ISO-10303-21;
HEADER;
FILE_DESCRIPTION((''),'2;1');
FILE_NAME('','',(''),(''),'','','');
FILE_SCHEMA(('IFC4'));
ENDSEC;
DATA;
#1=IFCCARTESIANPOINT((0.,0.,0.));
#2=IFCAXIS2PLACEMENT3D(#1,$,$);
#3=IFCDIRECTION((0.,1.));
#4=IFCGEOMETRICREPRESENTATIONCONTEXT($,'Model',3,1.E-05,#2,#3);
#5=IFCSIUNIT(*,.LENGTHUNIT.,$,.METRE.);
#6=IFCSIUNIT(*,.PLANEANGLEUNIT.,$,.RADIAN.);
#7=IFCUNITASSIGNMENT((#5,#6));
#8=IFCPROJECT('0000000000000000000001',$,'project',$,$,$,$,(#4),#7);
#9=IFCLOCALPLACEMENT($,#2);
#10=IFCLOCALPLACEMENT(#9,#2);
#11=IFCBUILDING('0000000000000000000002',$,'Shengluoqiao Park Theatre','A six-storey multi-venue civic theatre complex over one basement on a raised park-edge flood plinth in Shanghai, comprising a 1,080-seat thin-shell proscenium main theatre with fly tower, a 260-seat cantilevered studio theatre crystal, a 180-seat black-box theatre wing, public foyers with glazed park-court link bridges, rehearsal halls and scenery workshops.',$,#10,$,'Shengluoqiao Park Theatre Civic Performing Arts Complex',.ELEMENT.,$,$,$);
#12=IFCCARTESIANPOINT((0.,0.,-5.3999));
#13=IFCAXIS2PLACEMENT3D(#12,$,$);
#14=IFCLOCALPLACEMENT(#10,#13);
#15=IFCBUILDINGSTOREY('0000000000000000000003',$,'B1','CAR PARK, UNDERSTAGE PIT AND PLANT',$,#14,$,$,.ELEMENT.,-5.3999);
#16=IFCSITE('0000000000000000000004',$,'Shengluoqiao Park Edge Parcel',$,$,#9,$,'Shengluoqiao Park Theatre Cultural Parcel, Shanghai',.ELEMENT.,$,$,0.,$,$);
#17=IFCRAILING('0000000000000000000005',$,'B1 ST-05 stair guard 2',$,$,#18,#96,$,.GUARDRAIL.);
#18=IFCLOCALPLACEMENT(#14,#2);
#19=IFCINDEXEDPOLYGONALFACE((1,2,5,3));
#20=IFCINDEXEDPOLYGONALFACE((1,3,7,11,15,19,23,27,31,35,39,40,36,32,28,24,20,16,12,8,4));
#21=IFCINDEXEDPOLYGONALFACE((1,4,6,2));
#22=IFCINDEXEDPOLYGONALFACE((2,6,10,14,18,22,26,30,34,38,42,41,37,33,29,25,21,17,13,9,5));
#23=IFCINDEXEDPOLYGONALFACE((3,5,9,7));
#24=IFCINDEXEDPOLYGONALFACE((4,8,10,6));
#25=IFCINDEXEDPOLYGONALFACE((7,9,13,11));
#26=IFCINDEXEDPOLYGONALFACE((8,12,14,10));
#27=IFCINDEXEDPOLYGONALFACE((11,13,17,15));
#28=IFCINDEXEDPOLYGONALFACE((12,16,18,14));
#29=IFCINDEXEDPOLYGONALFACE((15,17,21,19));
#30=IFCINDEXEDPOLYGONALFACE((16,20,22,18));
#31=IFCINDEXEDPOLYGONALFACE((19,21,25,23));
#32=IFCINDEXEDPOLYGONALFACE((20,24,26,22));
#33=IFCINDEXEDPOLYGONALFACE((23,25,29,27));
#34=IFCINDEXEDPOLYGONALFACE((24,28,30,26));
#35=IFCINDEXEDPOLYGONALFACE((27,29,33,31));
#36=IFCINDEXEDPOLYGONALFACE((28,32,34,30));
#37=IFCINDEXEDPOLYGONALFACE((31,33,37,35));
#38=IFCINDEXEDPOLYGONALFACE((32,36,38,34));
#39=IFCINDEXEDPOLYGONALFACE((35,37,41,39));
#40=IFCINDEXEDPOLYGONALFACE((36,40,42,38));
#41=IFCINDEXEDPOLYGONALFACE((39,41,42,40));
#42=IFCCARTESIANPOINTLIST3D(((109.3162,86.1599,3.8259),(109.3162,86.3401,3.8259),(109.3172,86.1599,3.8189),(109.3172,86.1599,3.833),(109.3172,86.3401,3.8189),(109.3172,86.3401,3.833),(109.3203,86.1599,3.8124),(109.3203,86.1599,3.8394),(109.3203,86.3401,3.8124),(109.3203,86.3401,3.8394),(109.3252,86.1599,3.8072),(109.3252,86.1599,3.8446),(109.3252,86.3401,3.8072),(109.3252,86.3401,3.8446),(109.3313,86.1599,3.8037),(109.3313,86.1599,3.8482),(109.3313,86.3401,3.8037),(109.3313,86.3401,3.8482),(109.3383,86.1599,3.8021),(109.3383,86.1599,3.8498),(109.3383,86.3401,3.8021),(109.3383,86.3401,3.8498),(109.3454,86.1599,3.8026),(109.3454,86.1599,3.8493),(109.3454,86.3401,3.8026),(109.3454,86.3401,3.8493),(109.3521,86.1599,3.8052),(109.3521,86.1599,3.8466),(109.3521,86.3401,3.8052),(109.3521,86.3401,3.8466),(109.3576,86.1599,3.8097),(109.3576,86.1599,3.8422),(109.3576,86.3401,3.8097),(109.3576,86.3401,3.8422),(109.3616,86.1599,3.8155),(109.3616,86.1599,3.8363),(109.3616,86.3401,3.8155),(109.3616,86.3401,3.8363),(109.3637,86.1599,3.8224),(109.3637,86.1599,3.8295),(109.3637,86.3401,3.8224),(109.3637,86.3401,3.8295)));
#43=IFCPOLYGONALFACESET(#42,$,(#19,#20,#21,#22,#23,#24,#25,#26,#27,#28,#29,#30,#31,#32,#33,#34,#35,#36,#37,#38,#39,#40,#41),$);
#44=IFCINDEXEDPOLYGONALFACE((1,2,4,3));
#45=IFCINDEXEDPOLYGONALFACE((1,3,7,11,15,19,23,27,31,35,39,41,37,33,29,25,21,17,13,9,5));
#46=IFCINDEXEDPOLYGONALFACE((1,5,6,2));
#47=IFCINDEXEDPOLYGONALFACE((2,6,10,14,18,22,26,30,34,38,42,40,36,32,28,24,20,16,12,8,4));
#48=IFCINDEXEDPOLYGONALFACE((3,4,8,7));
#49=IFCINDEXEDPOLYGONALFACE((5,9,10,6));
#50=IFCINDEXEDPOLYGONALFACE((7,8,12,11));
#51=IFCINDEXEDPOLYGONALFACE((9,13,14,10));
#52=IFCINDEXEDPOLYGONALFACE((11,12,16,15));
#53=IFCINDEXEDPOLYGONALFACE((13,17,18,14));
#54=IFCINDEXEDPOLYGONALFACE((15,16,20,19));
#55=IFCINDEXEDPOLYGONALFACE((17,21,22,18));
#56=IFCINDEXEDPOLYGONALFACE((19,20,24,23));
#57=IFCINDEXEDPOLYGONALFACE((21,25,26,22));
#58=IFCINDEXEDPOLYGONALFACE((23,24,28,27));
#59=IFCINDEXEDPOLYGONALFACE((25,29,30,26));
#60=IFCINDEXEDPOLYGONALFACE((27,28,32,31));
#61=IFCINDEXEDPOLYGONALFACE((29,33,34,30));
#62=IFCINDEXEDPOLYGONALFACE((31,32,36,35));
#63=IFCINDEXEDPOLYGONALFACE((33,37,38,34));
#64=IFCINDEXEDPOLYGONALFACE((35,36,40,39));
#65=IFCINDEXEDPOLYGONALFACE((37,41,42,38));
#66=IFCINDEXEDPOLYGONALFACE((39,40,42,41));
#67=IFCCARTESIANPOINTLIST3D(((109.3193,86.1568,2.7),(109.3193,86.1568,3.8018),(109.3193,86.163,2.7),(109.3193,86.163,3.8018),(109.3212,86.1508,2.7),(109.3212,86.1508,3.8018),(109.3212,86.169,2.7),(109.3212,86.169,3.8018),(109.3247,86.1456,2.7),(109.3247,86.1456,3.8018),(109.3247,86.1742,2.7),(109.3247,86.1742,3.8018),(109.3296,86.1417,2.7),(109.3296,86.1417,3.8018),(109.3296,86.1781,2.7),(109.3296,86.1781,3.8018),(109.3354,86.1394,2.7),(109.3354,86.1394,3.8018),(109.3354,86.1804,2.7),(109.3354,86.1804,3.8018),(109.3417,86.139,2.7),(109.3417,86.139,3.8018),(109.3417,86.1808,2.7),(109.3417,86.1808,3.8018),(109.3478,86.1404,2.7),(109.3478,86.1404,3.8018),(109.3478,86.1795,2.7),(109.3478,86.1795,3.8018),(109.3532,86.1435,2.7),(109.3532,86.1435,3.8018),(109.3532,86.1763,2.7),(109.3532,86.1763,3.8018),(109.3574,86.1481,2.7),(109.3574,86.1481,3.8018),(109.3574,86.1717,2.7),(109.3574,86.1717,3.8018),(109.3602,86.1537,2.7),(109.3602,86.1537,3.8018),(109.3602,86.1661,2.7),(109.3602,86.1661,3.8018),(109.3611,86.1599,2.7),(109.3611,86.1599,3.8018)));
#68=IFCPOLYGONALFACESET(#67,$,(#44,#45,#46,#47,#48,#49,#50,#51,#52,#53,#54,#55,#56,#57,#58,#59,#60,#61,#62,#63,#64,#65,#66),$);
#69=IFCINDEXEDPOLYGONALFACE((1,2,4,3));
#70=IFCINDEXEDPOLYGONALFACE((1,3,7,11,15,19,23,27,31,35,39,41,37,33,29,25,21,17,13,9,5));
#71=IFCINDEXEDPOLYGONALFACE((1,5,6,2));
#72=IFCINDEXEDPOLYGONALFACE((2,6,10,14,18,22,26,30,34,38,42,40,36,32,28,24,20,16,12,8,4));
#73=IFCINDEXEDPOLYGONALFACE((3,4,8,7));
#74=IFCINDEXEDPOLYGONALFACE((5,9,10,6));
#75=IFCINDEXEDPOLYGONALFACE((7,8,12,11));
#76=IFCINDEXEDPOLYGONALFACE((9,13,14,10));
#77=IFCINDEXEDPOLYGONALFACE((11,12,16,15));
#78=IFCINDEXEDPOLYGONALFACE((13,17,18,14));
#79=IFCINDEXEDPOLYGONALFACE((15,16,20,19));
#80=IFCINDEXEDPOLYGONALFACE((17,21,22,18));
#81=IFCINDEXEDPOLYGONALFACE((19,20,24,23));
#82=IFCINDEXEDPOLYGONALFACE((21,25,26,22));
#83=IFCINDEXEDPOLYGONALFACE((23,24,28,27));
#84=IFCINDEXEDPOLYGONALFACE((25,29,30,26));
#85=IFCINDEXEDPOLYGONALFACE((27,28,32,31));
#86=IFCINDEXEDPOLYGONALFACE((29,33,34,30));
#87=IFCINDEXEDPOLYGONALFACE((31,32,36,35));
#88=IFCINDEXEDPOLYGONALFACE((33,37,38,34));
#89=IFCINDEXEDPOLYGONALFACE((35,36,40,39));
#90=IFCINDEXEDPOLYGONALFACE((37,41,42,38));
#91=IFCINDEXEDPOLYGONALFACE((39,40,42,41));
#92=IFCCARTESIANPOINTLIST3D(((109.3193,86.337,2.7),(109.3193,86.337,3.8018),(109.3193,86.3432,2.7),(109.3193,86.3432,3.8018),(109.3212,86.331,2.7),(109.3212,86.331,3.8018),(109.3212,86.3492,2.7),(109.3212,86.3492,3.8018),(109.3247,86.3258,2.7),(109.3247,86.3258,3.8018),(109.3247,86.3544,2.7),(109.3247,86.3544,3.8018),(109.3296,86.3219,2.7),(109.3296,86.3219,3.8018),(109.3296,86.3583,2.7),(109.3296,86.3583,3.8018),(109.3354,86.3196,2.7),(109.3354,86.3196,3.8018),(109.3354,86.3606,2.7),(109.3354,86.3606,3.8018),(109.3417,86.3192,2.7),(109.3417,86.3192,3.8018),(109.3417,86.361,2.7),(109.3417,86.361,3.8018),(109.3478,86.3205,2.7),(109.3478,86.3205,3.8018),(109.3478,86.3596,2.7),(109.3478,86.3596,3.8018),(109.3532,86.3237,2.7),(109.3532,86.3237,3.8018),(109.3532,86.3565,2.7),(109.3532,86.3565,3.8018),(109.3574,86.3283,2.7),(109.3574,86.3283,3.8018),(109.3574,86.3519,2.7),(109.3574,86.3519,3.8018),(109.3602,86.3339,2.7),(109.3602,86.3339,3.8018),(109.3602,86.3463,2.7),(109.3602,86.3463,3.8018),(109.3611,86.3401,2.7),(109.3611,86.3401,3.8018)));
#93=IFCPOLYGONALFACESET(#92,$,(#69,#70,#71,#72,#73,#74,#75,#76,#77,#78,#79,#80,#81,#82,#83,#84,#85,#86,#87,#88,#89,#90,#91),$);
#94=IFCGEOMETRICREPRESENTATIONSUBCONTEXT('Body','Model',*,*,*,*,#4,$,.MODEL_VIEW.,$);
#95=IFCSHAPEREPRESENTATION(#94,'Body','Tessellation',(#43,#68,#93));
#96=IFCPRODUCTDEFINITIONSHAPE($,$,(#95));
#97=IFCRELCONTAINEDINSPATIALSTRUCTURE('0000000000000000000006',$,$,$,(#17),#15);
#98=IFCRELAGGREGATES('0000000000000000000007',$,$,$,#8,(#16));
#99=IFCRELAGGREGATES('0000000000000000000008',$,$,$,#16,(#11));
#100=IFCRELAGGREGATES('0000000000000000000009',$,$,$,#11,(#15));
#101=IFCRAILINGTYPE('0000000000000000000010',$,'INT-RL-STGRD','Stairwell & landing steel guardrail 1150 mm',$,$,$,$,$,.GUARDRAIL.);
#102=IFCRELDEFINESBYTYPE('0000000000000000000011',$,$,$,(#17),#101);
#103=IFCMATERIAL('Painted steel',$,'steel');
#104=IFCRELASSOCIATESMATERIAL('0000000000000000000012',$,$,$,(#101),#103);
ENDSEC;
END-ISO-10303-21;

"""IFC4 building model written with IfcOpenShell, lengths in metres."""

from ifc_helpers import new_model, si_unit, direction, frame, origin, origin_2d, place, context, subcontext, project, spatial, circle, extrude, material, type_object, element, save


model = new_model("IFC4")

# Units and contexts
model_context = context("Model", 3, precision=1e-05, world=origin(), true_north=direction((0.0, 1.0)))
body_context = subcontext(model_context, "Body", "Model", "MODEL_VIEW")
ifc_project = project(units=[si_unit("LENGTHUNIT", "METRE"), si_unit("PLANEANGLEUNIT", "RADIAN")], contexts=[model_context])

# Site, building, storey
site_placement = place(None, origin())
site = spatial("IfcSite", under=ifc_project, at=site_placement, Name="Shengluoqiao Park Edge Parcel", LongName="Shengluoqiao Park Theatre Cultural Parcel, Shanghai", CompositionType="ELEMENT", RefElevation=0.0)
building_placement = place(site_placement, origin())
building = spatial("IfcBuilding", under=site, at=building_placement, Name="Shengluoqiao Park Theatre", Description="A six-storey multi-venue civic theatre complex over one basement on a raised park-edge flood plinth in Shanghai, comprising a 1,080-seat thin-shell proscenium main theatre with fly tower, a 260-seat cantilevered studio theatre crystal, a 180-seat black-box theatre wing, public foyers with glazed park-court link bridges, rehearsal halls and scenery workshops.", LongName="Shengluoqiao Park Theatre Civic Performing Arts Complex", CompositionType="ELEMENT")
storey_placement = place(building_placement, frame((0.0, 0.0, -5.3999)))
storey = spatial("IfcBuildingStorey", under=building, at=storey_placement, Name="B1", Description="CAR PARK, UNDERSTAGE PIT AND PLANT", CompositionType="ELEMENT", Elevation=-5.3999)

# Railing
ifc_material_1 = material(Name="Painted steel", Category="steel")
railing_type_1 = type_object("IfcRailingType", Name="INT-RL-STGRD", Description="Stairwell & landing steel guardrail 1150 mm", PredefinedType="GUARDRAIL", material=ifc_material_1)
railing_1_placement = place(storey_placement, frame((109.3401, 86.1599, 2.7)))
element("IfcRailing", 1, at=railing_1_placement, inside=storey, type_object=railing_type_1, Name="B1 ST-05 stair guard 2", PredefinedType="GUARDRAIL", context=body_context, shape_type="SweptSolid", body=[
    extrude(circle(Radius=0.0239, at=origin_2d()), frame((0.0, 0.0, 1.126), z_axis=(0.0, 1.0, 0.0), x_axis=(-1.0, 0.0, 0.0)), (0.0, 0.0, 1.0), 0.1802),
    extrude(circle(Radius=0.021, at=origin_2d()), origin(), (0.0, 0.0, 1.0), 1.1018),
    extrude(circle(Radius=0.021, at=origin_2d()), frame((0.0, 0.1802, 0.0)), (0.0, 0.0, 1.0), 1.1018),
])

save(model, "model.ifc")
